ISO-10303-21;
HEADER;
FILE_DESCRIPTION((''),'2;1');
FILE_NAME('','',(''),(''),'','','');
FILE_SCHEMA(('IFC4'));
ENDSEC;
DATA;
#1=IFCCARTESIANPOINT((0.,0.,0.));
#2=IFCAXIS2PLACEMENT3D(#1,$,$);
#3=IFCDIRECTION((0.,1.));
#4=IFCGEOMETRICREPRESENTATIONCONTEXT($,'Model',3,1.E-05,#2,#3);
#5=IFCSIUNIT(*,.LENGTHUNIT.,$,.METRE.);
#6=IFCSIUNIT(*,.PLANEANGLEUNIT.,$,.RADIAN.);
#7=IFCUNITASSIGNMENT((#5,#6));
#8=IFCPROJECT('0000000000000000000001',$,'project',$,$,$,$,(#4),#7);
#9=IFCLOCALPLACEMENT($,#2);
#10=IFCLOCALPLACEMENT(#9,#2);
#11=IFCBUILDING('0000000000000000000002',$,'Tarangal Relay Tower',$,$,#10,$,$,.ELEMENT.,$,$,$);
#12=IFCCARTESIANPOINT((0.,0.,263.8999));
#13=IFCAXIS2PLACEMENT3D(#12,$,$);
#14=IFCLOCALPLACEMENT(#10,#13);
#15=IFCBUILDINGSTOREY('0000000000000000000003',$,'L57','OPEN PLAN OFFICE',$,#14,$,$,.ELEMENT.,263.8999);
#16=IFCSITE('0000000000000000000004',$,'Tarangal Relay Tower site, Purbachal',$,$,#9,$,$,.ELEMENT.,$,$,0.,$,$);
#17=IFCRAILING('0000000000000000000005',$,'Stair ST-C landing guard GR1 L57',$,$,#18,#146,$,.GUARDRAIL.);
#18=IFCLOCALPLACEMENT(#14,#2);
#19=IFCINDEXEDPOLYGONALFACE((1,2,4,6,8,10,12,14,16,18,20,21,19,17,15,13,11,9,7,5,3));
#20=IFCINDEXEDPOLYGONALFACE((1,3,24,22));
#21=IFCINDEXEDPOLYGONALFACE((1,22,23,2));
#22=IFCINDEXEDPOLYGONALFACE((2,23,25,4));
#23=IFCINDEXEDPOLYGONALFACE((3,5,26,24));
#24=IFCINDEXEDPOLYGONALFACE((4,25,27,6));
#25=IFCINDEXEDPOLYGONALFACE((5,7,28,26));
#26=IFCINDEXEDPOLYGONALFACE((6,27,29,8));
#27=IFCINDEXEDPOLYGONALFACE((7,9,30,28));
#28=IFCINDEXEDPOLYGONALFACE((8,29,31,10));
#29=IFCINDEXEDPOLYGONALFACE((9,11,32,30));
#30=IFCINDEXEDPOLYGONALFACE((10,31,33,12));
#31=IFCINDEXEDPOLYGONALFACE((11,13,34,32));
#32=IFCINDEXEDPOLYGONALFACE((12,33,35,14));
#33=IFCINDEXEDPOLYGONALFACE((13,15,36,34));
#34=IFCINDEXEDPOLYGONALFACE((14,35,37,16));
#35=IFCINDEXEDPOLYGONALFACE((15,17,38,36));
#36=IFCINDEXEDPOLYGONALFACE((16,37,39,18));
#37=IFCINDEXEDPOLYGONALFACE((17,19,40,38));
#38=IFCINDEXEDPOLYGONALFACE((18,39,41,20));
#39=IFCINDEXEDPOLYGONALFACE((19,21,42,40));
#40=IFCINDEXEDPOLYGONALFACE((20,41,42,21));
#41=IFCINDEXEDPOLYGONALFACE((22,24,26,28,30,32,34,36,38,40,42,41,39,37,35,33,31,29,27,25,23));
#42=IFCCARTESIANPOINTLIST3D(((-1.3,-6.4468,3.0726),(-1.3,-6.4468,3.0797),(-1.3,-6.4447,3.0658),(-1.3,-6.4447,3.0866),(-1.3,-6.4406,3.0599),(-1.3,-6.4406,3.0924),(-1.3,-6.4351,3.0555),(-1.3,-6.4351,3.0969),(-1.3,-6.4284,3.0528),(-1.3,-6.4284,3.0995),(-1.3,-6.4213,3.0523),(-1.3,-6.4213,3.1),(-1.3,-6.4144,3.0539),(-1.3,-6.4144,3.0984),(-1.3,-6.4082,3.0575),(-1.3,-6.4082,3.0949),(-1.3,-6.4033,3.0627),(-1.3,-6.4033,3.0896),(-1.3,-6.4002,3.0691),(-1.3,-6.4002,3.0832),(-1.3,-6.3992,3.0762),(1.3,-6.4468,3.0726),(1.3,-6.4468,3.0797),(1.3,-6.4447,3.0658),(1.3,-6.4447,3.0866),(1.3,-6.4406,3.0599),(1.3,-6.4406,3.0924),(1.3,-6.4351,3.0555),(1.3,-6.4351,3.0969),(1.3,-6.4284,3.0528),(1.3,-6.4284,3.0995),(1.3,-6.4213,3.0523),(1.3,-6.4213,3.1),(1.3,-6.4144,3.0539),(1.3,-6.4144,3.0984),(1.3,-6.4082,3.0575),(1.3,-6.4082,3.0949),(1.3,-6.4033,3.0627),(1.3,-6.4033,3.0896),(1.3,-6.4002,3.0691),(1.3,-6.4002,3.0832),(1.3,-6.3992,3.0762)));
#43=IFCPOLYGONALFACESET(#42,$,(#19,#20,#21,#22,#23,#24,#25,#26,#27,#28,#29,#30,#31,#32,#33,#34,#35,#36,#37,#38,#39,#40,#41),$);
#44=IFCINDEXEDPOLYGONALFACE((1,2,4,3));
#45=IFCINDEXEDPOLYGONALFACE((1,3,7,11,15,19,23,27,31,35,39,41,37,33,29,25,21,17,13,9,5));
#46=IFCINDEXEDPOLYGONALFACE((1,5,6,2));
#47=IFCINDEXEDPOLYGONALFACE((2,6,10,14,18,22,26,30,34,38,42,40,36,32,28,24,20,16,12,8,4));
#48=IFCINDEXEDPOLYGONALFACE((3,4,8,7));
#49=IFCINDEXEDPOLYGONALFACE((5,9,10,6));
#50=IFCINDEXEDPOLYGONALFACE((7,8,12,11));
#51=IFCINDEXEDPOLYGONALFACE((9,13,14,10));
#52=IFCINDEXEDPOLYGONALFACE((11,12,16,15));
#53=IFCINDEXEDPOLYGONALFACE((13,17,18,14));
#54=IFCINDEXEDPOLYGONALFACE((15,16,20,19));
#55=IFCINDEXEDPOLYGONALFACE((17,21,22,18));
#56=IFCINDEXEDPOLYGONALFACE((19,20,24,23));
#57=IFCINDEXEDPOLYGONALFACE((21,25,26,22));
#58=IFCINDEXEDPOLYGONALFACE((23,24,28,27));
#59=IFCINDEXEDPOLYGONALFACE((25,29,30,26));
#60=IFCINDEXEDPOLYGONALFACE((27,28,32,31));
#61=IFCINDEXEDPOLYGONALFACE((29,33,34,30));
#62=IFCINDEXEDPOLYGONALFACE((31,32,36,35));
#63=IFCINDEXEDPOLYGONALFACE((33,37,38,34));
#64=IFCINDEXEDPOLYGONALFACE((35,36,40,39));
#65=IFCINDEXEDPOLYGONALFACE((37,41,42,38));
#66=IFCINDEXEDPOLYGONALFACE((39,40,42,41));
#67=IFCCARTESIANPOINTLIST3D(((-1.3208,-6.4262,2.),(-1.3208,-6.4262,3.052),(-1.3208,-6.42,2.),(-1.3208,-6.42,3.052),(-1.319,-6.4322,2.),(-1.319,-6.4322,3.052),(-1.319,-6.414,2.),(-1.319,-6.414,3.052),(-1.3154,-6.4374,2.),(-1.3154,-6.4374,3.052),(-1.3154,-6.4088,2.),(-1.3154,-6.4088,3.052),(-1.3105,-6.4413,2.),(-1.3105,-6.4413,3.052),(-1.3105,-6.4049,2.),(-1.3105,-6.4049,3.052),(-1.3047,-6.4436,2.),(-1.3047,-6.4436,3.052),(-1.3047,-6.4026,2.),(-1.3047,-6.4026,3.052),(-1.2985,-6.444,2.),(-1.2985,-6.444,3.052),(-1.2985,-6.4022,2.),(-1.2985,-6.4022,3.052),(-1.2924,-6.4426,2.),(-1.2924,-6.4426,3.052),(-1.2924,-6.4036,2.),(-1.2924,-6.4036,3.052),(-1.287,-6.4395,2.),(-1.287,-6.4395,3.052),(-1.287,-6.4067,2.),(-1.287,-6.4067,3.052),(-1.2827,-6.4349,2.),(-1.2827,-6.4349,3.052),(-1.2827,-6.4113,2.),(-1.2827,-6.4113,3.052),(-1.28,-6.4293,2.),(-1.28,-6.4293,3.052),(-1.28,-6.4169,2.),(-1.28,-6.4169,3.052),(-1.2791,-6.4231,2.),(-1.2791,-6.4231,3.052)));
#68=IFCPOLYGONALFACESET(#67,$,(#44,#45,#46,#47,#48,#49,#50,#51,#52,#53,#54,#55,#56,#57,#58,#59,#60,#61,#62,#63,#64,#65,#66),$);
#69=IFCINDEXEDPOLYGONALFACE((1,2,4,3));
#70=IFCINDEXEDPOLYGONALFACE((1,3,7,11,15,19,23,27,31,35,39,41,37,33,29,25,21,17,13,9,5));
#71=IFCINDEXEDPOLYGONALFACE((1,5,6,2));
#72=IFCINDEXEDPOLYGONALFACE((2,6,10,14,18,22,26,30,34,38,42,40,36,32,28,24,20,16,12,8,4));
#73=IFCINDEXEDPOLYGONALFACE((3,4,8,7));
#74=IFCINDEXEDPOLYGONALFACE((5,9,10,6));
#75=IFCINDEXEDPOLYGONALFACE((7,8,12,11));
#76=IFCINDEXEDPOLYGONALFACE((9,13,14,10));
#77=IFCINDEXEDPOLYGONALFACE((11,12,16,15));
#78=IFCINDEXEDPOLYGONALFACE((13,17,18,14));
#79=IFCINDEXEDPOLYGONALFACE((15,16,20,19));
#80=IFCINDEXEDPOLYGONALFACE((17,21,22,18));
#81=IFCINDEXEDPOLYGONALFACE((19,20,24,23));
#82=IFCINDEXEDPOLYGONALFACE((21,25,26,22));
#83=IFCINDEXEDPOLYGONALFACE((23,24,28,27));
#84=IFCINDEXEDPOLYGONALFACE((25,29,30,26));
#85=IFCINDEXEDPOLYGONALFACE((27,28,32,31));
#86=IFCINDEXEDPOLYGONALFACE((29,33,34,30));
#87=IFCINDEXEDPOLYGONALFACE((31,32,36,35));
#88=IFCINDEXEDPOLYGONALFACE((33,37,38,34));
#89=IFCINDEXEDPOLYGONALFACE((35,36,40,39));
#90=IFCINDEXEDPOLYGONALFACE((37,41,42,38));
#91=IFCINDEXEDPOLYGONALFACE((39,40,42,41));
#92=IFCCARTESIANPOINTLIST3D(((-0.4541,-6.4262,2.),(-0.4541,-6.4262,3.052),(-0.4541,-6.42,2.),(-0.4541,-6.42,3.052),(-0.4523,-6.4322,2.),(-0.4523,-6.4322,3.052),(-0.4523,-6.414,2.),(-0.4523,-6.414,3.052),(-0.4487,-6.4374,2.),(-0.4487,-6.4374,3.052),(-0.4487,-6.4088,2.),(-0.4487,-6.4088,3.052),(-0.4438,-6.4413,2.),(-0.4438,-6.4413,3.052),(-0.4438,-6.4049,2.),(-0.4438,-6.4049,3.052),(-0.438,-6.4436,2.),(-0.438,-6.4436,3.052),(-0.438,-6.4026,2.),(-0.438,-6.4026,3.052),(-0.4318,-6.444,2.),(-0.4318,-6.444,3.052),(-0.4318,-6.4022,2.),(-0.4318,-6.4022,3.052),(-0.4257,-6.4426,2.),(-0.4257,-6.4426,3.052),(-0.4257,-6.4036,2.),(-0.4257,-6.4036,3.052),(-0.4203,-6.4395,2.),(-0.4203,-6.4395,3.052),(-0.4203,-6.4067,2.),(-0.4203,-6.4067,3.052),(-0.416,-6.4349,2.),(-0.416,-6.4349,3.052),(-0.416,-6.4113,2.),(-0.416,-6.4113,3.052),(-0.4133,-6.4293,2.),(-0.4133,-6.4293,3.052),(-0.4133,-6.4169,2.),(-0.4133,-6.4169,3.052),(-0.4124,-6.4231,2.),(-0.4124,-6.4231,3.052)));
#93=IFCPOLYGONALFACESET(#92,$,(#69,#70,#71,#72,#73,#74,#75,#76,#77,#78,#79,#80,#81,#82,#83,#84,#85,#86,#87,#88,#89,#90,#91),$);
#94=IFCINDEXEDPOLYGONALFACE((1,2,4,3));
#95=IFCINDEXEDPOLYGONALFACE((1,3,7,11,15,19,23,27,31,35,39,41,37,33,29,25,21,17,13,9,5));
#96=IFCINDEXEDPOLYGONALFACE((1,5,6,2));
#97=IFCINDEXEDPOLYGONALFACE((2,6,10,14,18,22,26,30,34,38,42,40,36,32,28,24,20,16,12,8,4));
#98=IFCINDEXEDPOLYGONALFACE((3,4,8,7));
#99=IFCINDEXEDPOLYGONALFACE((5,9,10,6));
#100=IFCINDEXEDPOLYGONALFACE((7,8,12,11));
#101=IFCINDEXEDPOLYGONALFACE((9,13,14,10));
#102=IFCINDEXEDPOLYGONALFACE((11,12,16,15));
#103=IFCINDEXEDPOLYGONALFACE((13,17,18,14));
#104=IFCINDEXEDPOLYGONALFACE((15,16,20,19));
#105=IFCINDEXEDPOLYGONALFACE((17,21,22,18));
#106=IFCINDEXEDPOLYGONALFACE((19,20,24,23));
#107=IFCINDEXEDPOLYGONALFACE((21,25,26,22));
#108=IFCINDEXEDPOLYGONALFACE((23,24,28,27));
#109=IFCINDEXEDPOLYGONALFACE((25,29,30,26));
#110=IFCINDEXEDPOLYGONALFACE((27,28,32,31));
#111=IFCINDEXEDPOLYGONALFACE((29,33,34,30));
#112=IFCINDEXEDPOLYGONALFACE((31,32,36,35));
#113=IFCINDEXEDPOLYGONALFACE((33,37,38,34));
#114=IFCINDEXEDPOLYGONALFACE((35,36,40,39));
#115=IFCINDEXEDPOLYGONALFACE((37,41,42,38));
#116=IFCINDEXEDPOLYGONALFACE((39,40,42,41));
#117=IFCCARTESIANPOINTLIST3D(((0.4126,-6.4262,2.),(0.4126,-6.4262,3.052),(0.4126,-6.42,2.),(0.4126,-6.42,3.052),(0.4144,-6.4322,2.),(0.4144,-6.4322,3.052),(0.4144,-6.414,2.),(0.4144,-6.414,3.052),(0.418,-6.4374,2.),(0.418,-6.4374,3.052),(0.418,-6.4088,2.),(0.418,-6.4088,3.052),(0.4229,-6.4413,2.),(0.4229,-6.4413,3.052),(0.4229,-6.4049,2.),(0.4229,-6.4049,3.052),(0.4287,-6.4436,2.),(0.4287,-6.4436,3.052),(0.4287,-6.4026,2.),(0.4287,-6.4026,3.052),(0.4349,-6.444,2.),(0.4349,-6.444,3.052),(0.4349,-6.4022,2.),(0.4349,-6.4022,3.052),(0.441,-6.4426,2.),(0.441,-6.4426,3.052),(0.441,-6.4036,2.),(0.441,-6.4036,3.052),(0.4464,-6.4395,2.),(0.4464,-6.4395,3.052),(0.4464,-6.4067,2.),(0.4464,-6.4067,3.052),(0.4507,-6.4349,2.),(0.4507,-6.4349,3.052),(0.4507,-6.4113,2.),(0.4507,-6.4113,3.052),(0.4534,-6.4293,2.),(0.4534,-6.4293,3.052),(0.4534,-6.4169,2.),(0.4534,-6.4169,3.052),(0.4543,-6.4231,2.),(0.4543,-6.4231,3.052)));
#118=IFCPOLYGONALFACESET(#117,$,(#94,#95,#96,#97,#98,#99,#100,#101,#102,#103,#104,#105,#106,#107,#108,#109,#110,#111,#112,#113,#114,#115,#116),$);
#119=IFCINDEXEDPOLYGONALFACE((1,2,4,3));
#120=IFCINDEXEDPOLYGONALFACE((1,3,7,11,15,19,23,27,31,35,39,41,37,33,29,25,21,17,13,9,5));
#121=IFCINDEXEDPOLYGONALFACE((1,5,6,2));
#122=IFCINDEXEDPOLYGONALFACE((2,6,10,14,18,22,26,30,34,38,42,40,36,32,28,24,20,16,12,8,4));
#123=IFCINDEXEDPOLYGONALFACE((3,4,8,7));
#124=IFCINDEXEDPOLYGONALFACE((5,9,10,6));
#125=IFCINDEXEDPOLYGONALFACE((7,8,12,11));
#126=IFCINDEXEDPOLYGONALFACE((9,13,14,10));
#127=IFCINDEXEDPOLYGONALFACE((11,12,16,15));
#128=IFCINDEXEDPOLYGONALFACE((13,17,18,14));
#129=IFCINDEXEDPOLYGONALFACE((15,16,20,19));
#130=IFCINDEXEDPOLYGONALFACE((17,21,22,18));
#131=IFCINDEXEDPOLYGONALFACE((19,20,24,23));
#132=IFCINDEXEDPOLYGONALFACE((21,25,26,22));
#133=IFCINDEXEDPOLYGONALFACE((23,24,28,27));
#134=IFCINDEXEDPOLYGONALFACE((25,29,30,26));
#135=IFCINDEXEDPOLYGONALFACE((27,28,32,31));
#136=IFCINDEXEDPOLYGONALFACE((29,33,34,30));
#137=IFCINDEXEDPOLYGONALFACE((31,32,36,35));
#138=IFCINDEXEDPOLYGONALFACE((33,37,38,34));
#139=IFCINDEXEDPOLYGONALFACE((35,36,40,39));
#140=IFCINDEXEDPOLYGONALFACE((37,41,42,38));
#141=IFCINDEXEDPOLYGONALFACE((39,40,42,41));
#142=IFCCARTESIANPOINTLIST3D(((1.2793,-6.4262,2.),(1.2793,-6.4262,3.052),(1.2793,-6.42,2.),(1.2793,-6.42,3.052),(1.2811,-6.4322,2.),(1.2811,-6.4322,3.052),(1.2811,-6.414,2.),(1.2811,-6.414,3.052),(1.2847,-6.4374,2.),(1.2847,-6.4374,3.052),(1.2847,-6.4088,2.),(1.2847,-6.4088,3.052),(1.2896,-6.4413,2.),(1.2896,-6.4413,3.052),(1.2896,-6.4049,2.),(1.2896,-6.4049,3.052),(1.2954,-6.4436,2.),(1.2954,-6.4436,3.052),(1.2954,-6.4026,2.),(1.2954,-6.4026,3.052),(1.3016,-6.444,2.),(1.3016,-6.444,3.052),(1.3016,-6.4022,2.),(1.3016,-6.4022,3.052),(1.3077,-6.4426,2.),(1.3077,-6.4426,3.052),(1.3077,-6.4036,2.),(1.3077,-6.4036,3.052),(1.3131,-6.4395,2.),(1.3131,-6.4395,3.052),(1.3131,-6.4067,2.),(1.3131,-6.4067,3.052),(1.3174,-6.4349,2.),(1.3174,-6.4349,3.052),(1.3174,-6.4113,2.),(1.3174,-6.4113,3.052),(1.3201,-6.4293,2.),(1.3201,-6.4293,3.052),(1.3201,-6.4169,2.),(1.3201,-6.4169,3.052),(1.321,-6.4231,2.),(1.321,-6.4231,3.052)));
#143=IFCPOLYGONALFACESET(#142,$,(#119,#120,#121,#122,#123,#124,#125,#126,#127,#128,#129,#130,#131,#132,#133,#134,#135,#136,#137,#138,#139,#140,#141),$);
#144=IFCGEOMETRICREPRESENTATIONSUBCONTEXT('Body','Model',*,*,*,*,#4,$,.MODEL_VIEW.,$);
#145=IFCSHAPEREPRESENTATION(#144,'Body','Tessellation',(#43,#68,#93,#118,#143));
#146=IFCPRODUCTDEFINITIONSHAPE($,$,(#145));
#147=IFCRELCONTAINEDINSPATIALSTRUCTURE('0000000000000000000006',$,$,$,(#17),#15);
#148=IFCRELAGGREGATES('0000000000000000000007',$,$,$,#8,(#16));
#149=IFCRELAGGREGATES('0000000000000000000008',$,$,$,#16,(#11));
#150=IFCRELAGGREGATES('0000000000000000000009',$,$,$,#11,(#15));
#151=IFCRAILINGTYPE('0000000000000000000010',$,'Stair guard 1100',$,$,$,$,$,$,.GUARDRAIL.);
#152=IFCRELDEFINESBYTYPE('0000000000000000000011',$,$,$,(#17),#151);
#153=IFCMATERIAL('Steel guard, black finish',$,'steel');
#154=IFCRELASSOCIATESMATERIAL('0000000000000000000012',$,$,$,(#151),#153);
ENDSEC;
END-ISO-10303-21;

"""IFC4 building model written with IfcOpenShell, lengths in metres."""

from ifc_helpers import new_model, si_unit, direction, frame, origin, origin_2d, place, context, subcontext, project, spatial, circle, extrude, material, type_object, element, save


model = new_model("IFC4")

# Units and contexts
model_context = context("Model", 3, precision=1e-05, world=origin(), true_north=direction((0.0, 1.0)))
body_context = subcontext(model_context, "Body", "Model", "MODEL_VIEW")
ifc_project = project(units=[si_unit("LENGTHUNIT", "METRE"), si_unit("PLANEANGLEUNIT", "RADIAN")], contexts=[model_context])

# Site, building, storey
site_placement = place(None, origin())
site = spatial("IfcSite", under=ifc_project, at=site_placement, Name="Tarangal Relay Tower site, Purbachal", CompositionType="ELEMENT", RefElevation=0.0)
building_placement = place(site_placement, origin())
building = spatial("IfcBuilding", under=site, at=building_placement, Name="Tarangal Relay Tower", CompositionType="ELEMENT")
storey_placement = place(building_placement, frame((0.0, 0.0, 263.8999)))
storey = spatial("IfcBuildingStorey", under=building, at=storey_placement, Name="L57", Description="OPEN PLAN OFFICE", CompositionType="ELEMENT", Elevation=263.8999)

# Railing
ifc_material_1 = material(Name="Steel guard, black finish", Category="steel")
railing_type = type_object("IfcRailingType", Name="Stair guard 1100", PredefinedType="GUARDRAIL", material=ifc_material_1)
railing_1_placement = place(storey_placement, frame((-1.3, -6.4231, 2.0)))
element("IfcRailing", 1, at=railing_1_placement, inside=storey, type_object=railing_type, Name="Stair ST-C landing guard GR1 L57", PredefinedType="GUARDRAIL", context=body_context, shape_type="SweptSolid", body=[
    extrude(circle(Radius=0.0239, at=origin_2d()), frame((0.0, 0.0, 1.0762), z_axis=(1.0, 0.0, 0.0), x_axis=(0.0, 1.0, 0.0)), (0.0, 0.0, 1.0), 2.6001),
    extrude(circle(Radius=0.021, at=origin_2d()), origin(), (0.0, 0.0, 1.0), 1.052),
    extrude(circle(Radius=0.021, at=origin_2d()), frame((0.8667, 0.0, 0.0)), (0.0, 0.0, 1.0), 1.052),
    extrude(circle(Radius=0.021, at=origin_2d()), frame((1.7334, 0.0, 0.0)), (0.0, 0.0, 1.0), 1.052),
    extrude(circle(Radius=0.021, at=origin_2d()), frame((2.6001, 0.0, 0.0)), (0.0, 0.0, 1.0), 1.052),
])

save(model, "model.ifc")
